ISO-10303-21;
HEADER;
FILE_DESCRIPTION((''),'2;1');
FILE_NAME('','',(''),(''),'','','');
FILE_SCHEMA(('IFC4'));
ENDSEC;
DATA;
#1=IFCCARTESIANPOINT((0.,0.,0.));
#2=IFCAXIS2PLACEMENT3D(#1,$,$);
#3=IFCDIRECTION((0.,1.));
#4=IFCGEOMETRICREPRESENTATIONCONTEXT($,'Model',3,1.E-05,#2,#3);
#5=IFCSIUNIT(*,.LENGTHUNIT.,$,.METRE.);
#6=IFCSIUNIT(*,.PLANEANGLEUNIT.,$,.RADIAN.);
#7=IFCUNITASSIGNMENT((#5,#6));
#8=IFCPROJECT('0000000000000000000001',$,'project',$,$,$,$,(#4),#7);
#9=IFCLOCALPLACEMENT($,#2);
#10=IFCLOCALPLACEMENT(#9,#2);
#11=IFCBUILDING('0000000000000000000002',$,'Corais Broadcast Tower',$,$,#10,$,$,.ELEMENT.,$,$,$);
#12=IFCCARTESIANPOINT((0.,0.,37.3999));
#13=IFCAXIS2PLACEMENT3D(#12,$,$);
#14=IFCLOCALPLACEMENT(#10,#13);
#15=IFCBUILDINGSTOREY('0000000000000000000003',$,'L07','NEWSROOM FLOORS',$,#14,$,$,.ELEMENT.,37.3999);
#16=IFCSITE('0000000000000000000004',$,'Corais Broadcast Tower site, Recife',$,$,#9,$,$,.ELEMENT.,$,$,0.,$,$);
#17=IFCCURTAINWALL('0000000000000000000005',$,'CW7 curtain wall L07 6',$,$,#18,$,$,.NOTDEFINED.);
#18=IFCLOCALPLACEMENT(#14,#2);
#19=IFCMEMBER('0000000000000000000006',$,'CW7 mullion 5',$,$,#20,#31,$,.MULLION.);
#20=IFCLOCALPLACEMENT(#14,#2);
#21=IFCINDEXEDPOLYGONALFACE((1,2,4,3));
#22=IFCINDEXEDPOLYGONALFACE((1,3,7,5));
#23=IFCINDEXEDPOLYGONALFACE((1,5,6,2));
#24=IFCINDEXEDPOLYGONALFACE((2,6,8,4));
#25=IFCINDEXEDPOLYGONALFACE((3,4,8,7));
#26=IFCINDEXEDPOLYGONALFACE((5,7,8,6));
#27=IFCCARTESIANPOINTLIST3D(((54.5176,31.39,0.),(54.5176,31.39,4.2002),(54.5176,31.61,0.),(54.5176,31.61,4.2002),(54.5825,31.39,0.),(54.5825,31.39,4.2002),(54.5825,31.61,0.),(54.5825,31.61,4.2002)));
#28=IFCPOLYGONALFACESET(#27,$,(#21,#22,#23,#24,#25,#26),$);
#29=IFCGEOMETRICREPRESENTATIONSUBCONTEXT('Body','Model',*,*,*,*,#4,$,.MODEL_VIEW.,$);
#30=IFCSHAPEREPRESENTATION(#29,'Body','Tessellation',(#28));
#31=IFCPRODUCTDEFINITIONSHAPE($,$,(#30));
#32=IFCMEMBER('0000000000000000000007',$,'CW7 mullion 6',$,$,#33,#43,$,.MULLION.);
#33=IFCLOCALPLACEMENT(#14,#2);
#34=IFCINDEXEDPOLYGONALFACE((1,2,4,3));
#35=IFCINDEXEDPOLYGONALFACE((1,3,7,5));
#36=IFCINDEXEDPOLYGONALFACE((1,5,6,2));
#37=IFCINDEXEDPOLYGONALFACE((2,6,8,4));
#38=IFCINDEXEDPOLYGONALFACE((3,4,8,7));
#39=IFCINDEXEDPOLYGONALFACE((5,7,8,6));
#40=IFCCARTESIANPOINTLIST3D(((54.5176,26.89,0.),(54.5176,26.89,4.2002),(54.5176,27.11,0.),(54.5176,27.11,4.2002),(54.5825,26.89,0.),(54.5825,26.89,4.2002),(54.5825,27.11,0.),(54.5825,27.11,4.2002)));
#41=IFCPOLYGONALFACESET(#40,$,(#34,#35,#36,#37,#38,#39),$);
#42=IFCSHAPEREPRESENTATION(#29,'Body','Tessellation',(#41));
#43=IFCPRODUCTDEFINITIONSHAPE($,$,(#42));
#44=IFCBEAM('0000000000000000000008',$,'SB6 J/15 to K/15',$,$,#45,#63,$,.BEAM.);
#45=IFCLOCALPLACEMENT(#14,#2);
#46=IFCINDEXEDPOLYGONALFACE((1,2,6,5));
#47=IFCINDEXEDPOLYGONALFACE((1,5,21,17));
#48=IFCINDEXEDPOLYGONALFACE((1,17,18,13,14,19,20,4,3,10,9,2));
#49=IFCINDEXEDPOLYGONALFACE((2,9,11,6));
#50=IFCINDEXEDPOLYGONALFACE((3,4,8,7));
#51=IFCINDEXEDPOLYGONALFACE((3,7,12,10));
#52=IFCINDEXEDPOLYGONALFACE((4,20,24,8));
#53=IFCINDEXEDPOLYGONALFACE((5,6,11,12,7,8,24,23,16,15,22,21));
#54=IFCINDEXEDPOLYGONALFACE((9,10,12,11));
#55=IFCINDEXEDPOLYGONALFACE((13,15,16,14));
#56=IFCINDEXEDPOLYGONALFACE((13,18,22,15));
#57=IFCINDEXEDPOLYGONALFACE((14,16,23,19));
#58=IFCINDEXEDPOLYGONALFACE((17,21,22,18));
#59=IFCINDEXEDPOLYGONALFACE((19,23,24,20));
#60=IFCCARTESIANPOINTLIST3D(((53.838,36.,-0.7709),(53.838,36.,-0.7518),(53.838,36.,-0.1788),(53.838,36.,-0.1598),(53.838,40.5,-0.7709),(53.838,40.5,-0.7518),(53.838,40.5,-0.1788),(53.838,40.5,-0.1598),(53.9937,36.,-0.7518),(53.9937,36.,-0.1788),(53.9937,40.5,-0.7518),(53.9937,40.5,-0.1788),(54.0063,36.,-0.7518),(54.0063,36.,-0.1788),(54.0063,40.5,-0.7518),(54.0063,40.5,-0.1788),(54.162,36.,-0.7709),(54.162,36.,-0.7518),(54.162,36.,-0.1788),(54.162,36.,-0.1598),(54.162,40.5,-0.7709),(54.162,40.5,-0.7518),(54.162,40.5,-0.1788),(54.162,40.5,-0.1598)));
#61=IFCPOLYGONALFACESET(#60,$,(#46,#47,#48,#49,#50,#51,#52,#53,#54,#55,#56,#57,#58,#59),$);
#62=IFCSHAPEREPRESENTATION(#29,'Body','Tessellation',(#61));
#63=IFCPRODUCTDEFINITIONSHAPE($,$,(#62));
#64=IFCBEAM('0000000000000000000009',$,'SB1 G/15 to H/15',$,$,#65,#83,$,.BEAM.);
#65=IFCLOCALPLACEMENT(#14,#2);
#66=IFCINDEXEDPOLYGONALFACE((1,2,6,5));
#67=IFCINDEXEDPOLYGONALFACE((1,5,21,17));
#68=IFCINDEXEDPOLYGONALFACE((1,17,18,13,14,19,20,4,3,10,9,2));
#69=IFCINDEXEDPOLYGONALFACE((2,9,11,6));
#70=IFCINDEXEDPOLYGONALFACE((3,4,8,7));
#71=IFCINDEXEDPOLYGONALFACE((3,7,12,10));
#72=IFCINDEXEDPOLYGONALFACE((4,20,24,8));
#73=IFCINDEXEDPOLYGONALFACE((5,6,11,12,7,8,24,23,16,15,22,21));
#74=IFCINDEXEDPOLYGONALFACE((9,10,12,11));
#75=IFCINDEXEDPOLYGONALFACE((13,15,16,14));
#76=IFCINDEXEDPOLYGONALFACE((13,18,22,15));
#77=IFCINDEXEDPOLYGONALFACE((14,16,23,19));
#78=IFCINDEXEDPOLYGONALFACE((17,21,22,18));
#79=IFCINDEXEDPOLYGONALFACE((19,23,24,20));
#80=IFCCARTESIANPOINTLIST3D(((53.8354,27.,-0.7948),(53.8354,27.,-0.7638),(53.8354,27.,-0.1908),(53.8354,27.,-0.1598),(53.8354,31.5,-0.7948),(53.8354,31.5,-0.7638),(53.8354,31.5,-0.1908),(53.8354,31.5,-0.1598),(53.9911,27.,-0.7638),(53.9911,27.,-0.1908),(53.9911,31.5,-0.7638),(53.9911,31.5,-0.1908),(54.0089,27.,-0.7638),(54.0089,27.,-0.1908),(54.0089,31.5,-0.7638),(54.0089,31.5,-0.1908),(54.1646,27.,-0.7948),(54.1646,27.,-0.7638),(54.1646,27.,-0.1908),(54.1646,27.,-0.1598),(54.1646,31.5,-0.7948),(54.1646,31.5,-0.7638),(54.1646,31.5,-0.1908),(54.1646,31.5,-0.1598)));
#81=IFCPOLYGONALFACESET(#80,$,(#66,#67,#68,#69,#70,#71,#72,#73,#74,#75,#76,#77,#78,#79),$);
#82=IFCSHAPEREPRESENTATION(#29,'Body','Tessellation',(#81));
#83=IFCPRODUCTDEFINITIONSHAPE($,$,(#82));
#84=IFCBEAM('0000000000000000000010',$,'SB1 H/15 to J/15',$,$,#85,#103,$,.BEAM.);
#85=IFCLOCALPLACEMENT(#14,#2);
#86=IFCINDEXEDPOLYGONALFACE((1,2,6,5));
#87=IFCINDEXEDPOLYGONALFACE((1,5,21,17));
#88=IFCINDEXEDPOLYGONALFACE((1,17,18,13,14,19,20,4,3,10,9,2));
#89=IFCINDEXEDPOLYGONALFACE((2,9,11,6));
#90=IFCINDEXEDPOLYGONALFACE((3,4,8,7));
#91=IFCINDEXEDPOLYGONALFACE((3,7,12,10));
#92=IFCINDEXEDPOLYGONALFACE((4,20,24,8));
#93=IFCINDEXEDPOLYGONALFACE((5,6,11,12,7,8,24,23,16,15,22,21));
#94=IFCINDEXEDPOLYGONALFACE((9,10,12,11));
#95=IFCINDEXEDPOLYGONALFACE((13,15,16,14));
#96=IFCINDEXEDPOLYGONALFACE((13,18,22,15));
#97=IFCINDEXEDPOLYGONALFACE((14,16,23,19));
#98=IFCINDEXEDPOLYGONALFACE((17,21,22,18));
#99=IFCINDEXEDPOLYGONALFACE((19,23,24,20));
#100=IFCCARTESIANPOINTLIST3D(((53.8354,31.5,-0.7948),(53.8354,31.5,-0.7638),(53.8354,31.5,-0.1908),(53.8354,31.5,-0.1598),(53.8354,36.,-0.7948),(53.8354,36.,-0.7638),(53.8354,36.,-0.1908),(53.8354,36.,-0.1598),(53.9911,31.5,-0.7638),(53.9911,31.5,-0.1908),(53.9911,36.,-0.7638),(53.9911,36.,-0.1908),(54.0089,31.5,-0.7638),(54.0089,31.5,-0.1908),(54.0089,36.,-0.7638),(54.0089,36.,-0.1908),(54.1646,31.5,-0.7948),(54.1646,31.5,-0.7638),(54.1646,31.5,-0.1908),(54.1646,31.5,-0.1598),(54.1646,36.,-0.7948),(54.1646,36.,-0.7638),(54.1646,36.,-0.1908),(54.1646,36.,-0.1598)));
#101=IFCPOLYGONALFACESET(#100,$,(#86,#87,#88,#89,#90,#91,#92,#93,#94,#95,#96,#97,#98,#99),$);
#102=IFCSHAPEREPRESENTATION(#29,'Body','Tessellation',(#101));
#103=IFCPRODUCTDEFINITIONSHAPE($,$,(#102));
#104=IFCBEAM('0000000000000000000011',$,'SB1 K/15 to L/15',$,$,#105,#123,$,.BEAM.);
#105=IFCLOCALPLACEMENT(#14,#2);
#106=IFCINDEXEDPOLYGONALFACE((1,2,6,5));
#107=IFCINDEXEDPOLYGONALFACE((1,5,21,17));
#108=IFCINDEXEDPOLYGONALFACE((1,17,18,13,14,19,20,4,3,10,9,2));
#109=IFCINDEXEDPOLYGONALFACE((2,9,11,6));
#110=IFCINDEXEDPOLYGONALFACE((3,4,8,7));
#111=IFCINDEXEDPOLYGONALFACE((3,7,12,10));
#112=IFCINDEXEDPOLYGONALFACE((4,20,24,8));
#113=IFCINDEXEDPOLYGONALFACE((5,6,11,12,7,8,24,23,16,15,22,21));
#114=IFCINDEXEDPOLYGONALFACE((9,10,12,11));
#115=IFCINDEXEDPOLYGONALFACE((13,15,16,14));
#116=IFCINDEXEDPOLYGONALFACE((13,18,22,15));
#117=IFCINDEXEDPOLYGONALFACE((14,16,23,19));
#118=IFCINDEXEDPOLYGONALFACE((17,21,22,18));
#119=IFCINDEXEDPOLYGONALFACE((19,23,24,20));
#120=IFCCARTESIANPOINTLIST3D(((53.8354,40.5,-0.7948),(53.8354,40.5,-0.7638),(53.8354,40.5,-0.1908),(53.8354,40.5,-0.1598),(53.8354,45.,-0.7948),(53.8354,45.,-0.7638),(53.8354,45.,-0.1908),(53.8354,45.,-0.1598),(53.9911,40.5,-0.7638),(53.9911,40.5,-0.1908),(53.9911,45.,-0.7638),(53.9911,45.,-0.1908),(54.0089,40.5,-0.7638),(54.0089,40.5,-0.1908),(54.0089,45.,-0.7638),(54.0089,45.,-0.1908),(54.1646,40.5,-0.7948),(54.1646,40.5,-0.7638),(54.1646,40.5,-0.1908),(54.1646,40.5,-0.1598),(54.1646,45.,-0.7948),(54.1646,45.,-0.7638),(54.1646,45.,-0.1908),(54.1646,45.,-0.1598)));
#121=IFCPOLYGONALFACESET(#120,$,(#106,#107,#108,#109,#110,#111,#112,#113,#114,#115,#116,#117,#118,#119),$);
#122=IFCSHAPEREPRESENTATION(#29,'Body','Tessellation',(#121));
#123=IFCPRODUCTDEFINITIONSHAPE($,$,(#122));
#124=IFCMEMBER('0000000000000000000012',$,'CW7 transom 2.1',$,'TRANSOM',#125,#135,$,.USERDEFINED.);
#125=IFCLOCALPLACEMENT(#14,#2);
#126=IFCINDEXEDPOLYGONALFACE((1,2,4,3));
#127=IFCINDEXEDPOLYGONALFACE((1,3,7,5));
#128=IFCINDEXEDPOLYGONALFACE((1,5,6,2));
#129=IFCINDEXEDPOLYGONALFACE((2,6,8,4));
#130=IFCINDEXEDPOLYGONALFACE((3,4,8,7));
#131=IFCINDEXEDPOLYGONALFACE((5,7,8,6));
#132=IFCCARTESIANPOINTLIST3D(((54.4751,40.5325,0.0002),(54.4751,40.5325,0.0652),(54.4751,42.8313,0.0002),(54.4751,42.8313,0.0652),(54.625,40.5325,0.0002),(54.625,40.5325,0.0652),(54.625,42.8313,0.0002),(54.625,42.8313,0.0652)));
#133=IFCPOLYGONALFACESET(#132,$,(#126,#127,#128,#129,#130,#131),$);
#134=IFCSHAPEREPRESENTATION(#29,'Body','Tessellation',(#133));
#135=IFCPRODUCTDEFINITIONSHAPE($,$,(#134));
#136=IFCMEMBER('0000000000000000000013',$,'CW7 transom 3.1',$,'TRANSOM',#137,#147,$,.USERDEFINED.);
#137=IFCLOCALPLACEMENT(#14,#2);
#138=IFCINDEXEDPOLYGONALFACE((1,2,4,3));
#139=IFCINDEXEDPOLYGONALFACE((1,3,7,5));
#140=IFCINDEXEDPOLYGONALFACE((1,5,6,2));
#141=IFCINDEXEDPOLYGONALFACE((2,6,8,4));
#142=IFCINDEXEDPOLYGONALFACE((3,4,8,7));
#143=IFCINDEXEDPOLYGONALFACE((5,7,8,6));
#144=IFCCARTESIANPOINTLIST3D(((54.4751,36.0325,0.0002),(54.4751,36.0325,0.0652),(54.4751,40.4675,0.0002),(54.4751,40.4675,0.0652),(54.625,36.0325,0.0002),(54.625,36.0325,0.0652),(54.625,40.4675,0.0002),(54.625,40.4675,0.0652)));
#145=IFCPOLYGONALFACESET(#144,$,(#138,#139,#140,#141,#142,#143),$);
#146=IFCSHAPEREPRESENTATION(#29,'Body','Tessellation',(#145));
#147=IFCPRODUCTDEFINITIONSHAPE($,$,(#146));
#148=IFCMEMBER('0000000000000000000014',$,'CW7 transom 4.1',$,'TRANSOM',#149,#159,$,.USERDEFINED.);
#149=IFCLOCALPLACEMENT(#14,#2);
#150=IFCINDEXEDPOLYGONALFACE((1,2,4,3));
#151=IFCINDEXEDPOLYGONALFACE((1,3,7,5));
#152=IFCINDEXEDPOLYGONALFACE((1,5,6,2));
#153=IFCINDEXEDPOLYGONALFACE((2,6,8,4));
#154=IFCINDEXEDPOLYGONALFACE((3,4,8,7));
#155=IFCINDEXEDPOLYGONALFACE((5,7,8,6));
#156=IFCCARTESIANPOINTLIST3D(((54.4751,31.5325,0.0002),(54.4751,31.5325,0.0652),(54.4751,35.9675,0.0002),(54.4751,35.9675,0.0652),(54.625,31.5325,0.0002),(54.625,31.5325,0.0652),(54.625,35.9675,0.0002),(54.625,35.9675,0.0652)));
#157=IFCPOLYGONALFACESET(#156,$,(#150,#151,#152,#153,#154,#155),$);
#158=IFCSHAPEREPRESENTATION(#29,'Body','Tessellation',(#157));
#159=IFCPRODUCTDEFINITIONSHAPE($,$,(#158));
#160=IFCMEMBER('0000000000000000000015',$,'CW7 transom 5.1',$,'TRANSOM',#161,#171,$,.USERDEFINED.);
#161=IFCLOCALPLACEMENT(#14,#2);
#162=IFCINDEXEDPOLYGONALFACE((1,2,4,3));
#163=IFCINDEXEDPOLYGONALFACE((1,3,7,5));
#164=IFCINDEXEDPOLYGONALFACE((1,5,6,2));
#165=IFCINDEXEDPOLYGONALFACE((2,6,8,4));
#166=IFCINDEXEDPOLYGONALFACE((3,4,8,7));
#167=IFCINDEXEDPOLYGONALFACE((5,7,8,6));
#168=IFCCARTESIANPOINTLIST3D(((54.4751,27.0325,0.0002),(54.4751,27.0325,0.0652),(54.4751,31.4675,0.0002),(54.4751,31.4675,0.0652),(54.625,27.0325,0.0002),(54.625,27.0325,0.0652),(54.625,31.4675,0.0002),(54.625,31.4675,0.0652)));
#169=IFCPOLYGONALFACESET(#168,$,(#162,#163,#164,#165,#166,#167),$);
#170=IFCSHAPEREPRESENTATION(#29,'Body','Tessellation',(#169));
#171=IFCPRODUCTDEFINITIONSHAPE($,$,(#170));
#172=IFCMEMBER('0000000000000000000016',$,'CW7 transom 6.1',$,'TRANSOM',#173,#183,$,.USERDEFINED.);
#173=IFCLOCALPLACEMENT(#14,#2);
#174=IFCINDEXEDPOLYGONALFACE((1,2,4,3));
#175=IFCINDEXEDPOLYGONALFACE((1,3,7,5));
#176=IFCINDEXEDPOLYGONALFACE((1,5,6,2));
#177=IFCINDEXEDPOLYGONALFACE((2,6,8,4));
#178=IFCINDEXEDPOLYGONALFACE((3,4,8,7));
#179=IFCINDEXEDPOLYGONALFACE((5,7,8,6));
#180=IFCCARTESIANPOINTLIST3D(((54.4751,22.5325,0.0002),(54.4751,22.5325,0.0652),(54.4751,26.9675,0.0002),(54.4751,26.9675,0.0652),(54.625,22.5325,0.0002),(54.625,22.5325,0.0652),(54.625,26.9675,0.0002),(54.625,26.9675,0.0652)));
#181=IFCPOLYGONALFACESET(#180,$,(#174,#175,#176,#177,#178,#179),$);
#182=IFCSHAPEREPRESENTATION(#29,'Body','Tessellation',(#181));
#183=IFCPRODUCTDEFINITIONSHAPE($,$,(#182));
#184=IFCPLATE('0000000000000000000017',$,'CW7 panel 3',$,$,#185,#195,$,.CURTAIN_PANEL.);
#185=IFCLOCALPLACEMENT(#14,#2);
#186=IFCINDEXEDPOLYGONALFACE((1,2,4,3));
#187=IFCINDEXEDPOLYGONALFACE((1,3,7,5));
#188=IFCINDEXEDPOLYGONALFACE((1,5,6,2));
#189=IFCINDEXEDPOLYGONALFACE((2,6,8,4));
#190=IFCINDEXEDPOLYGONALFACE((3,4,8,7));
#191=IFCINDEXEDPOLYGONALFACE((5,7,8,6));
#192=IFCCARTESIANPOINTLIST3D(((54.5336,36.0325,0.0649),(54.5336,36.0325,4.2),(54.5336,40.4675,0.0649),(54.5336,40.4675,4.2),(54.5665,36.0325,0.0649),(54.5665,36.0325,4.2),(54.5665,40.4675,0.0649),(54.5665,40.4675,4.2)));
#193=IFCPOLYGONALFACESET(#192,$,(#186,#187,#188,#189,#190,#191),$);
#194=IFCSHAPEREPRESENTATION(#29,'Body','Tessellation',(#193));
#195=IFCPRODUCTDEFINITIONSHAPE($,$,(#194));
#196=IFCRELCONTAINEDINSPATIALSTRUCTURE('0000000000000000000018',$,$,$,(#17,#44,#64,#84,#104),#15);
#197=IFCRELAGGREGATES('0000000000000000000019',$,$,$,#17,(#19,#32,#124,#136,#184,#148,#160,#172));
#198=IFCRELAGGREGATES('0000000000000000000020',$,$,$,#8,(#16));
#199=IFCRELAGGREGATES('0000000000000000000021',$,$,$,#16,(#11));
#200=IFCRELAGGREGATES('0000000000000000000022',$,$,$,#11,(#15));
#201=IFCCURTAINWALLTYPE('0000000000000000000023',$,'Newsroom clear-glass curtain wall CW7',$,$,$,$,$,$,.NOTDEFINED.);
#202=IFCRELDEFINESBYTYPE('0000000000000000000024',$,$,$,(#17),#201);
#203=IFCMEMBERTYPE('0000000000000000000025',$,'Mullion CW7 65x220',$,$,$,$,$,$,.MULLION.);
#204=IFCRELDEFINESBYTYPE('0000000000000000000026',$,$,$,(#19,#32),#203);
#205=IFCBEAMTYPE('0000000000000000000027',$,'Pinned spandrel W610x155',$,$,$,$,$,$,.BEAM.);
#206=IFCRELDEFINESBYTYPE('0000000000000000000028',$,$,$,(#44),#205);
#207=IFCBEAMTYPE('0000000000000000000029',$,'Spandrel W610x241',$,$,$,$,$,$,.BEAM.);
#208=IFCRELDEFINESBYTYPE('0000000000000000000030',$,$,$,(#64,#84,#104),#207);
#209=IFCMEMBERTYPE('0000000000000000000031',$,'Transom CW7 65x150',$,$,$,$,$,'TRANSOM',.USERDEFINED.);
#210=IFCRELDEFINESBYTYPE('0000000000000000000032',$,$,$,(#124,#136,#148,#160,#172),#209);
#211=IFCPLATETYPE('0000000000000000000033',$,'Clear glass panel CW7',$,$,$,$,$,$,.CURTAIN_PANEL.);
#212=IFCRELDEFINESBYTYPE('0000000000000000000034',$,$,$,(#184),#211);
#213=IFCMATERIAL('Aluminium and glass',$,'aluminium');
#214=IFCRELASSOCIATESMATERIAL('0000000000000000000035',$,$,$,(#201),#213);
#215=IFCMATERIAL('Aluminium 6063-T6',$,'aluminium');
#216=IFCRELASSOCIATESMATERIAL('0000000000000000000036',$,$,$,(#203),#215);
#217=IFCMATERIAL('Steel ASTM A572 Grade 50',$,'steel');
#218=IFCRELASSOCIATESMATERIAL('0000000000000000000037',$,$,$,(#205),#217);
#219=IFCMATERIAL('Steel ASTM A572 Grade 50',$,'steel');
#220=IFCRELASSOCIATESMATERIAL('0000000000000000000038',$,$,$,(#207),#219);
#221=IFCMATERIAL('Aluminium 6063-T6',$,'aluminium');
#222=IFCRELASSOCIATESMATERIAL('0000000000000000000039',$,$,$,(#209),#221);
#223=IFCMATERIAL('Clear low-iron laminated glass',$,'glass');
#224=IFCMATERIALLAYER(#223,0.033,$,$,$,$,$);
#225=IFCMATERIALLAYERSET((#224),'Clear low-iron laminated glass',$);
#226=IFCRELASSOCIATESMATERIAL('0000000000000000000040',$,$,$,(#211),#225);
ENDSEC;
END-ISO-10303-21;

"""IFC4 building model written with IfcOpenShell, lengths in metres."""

from ifc_helpers import new_model, si_unit, direction, frame, origin, origin_2d, place, context, subcontext, project, spatial, rectangle, i_section, extrude, material, layer, layer_set, material_profile, profile_set, type_object, element, aggregate, save


model = new_model("IFC4")

# Units and contexts
model_context = context("Model", 3, precision=1e-05, world=origin(), true_north=direction((0.0, 1.0)))
body_context = subcontext(model_context, "Body", "Model", "MODEL_VIEW")
ifc_project = project(units=[si_unit("LENGTHUNIT", "METRE"), si_unit("PLANEANGLEUNIT", "RADIAN")], contexts=[model_context])

# Site, building, storey
site_placement = place(None, origin())
site = spatial("IfcSite", under=ifc_project, at=site_placement, Name="Corais Broadcast Tower site, Recife", CompositionType="ELEMENT", RefElevation=0.0)
building_placement = place(site_placement, origin())
building = spatial("IfcBuilding", under=site, at=building_placement, Name="Corais Broadcast Tower", CompositionType="ELEMENT")
storey_placement = place(building_placement, frame((0.0, 0.0, 37.3999)))
storey = spatial("IfcBuildingStorey", under=building, at=storey_placement, Name="L07", Description="NEWSROOM FLOORS", CompositionType="ELEMENT", Elevation=37.3999)

# Curtain wall, members
ifc_material_1 = material(Name="Aluminium and glass", Category="aluminium")
curtain_wall_type = type_object("IfcCurtainWallType", Name="Newsroom clear-glass curtain wall CW7", PredefinedType="NOTDEFINED", material=ifc_material_1)
curtain_wall_placement = place(storey_placement, origin())
curtain_wall = element("IfcCurtainWall", 1, at=curtain_wall_placement, inside=storey, type_object=curtain_wall_type, Name="CW7 curtain wall L07 6", PredefinedType="NOTDEFINED")
ifc_material_2 = material(Name="Aluminium 6063-T6", Category="aluminium")
ifc_material_profile_1 = material_profile(ifc_material_2, rectangle(XDim=0.0649, YDim=0.22, at=origin_2d()), Name="Mullion CW7 65x220")
ifc_profile_set_1 = profile_set([ifc_material_profile_1], Name="Aluminium 6063-T6")
member_type_1 = type_object("IfcMemberType", Name="Mullion CW7 65x220", PredefinedType="MULLION", material=ifc_profile_set_1)
member_1_placement = place(storey_placement, frame((54.55, 31.5, 0.0), z_axis=(0.0, 0.0, 1.0), x_axis=(1.0, 0.0, 0.0)))
member_1 = element("IfcMember", 2, at=member_1_placement, type_object=member_type_1, Name="CW7 mullion 5", PredefinedType="MULLION", context=body_context, shape_type="SweptSolid", body=[
    extrude(rectangle(XDim=0.0649, YDim=0.22, at=origin_2d()), origin(), (0.0, 0.0, 1.0), 4.2002),
])
member_2_placement = place(storey_placement, frame((54.55, 27.0, 0.0), z_axis=(0.0, 0.0, 1.0), x_axis=(1.0, 0.0, 0.0)))
member_2 = element("IfcMember", 3, at=member_2_placement, type_object=member_type_1, Name="CW7 mullion 6", PredefinedType="MULLION", context=body_context, shape_type="SweptSolid", body=[
    extrude(rectangle(XDim=0.0649, YDim=0.22, at=origin_2d()), origin(), (0.0, 0.0, 1.0), 4.2002),
])

# Beams
ifc_material_3 = material(Name="Steel ASTM A572 Grade 50", Category="steel")
ifc_material_profile_2 = material_profile(ifc_material_3, i_section(OverallWidth=0.324, OverallDepth=0.6111, WebThickness=0.0127, FlangeThickness=0.019, at=origin_2d()), Name="W610x155")
ifc_profile_set_2 = profile_set([ifc_material_profile_2], Name="Steel ASTM A572 Grade 50")
beam_type_1 = type_object("IfcBeamType", Name="Pinned spandrel W610x155", PredefinedType="BEAM", material=ifc_profile_set_2)
beam_placement = place(storey_placement, frame((54.0, 36.0, -0.4653), z_axis=(0.0, 1.0, 0.0), x_axis=(-1.0, 0.0, 0.0)))
element("IfcBeam", 4, at=beam_placement, inside=storey, type_object=beam_type_1, Name="SB6 J/15 to K/15", PredefinedType="BEAM", context=body_context, shape_type="SweptSolid", body=[
    extrude(i_section(OverallWidth=0.324, OverallDepth=0.6111, WebThickness=0.0127, FlangeThickness=0.019, at=origin_2d()), origin(), (0.0, 0.0, 1.0), 4.5),
])
ifc_material_4 = material(Name="Steel ASTM A572 Grade 50", Category="steel")
ifc_material_profile_3 = material_profile(ifc_material_4, i_section(OverallWidth=0.3291, OverallDepth=0.635, WebThickness=0.0178, FlangeThickness=0.031, at=origin_2d()), Name="W610x241")
ifc_profile_set_3 = profile_set([ifc_material_profile_3], Name="Steel ASTM A572 Grade 50")
beam_type_2 = type_object("IfcBeamType", Name="Spandrel W610x241", PredefinedType="BEAM", material=ifc_profile_set_3)
for number, where, z_axis, x_axis, name in (
    (5, (54.0, 27.0, -0.4773), (0.0, 1.0, 0.0), (-1.0, 0.0, 0.0), "SB1 G/15 to H/15"),
    (6, (54.0, 31.5, -0.4773), (0.0, 1.0, 0.0), (-1.0, 0.0, 0.0), "SB1 H/15 to J/15"),
    (7, (54.0, 40.5, -0.4773), (0.0, 1.0, 0.0), (-1.0, 0.0, 0.0), "SB1 K/15 to L/15"),
):
    element("IfcBeam", number, at=place(storey_placement, frame(where, z_axis=z_axis, x_axis=x_axis)), inside=storey, type_object=beam_type_2, Name=name, PredefinedType="BEAM", context=body_context, shape_type="SweptSolid", body=[
        extrude(i_section(OverallWidth=0.3291, OverallDepth=0.635, WebThickness=0.0178, FlangeThickness=0.031, at=origin_2d()), origin(), (0.0, 0.0, 1.0), 4.5),
    ])

# Members
ifc_material_5 = material(Name="Aluminium 6063-T6", Category="aluminium")
ifc_material_profile_4 = material_profile(ifc_material_5, rectangle(XDim=0.1499, YDim=0.0649, at=origin_2d()), Name="Transom CW7 65x150")
ifc_profile_set_4 = profile_set([ifc_material_profile_4], Name="Aluminium 6063-T6")
member_type_2 = type_object("IfcMemberType", Name="Transom CW7 65x150", ElementType="TRANSOM", PredefinedType="USERDEFINED", material=ifc_profile_set_4)
member_3_placement = place(storey_placement, frame((54.55, 42.8313, 0.0327), z_axis=(0.0, -1.0, 0.0), x_axis=(1.0, 0.0, 0.0)))
member_3 = element("IfcMember", 8, at=member_3_placement, type_object=member_type_2, Name="CW7 transom 2.1", ObjectType="TRANSOM", PredefinedType="USERDEFINED", context=body_context, shape_type="SweptSolid", body=[
    extrude(rectangle(XDim=0.1499, YDim=0.0649, at=origin_2d()), origin(), (0.0, 0.0, 1.0), 2.2988),
])
member_4_placement = place(storey_placement, frame((54.55, 40.4675, 0.0327), z_axis=(0.0, -1.0, 0.0), x_axis=(1.0, 0.0, 0.0)))
member_4 = element("IfcMember", 9, at=member_4_placement, type_object=member_type_2, Name="CW7 transom 3.1", ObjectType="TRANSOM", PredefinedType="USERDEFINED", context=body_context, shape_type="SweptSolid", body=[
    extrude(rectangle(XDim=0.1499, YDim=0.0649, at=origin_2d()), origin(), (0.0, 0.0, 1.0), 4.4351),
])
member_5_placement = place(storey_placement, frame((54.55, 35.9675, 0.0327), z_axis=(0.0, -1.0, 0.0), x_axis=(1.0, 0.0, 0.0)))
member_5 = element("IfcMember", 10, at=member_5_placement, type_object=member_type_2, Name="CW7 transom 4.1", ObjectType="TRANSOM", PredefinedType="USERDEFINED", context=body_context, shape_type="SweptSolid", body=[
    extrude(rectangle(XDim=0.1499, YDim=0.0649, at=origin_2d()), origin(), (0.0, 0.0, 1.0), 4.4351),
])
member_6_placement = place(storey_placement, frame((54.55, 31.4675, 0.0327), z_axis=(0.0, -1.0, 0.0), x_axis=(1.0, 0.0, 0.0)))
member_6 = element("IfcMember", 11, at=member_6_placement, type_object=member_type_2, Name="CW7 transom 5.1", ObjectType="TRANSOM", PredefinedType="USERDEFINED", context=body_context, shape_type="SweptSolid", body=[
    extrude(rectangle(XDim=0.1499, YDim=0.0649, at=origin_2d()), origin(), (0.0, 0.0, 1.0), 4.4351),
])
member_7_placement = place(storey_placement, frame((54.55, 26.9675, 0.0327), z_axis=(0.0, -1.0, 0.0), x_axis=(1.0, 0.0, 0.0)))
member_7 = element("IfcMember", 12, at=member_7_placement, type_object=member_type_2, Name="CW7 transom 6.1", ObjectType="TRANSOM", PredefinedType="USERDEFINED", context=body_context, shape_type="SweptSolid", body=[
    extrude(rectangle(XDim=0.1499, YDim=0.0649, at=origin_2d()), origin(), (0.0, 0.0, 1.0), 4.4351),
])

# Plate
ifc_material_6 = material(Name="Clear low-iron laminated glass", Category="glass")
ifc_layer_1 = layer(ifc_material_6, 0.033)
ifc_layer_set_1 = layer_set([ifc_layer_1], Name="Clear low-iron laminated glass")
plate_type_1 = type_object("IfcPlateType", Name="Clear glass panel CW7", PredefinedType="CURTAIN_PANEL", material=ifc_layer_set_1)
plate_1_placement = place(storey_placement, frame((54.55, 38.25, 0.0649), z_axis=(0.0, 0.0, 1.0), x_axis=(0.0, -1.0, 0.0)))
plate_1 = element("IfcPlate", 13, at=plate_1_placement, type_object=plate_type_1, Name="CW7 panel 3", PredefinedType="CURTAIN_PANEL", context=body_context, shape_type="SweptSolid", body=[
    extrude(rectangle(XDim=4.4351, YDim=0.033, at=origin_2d()), origin(), (0.0, 0.0, 1.0), 4.135),
])
aggregate(curtain_wall, [member_1, member_2, member_3, member_4, plate_1, member_5, member_6, member_7])

save(model, "model.ifc")
